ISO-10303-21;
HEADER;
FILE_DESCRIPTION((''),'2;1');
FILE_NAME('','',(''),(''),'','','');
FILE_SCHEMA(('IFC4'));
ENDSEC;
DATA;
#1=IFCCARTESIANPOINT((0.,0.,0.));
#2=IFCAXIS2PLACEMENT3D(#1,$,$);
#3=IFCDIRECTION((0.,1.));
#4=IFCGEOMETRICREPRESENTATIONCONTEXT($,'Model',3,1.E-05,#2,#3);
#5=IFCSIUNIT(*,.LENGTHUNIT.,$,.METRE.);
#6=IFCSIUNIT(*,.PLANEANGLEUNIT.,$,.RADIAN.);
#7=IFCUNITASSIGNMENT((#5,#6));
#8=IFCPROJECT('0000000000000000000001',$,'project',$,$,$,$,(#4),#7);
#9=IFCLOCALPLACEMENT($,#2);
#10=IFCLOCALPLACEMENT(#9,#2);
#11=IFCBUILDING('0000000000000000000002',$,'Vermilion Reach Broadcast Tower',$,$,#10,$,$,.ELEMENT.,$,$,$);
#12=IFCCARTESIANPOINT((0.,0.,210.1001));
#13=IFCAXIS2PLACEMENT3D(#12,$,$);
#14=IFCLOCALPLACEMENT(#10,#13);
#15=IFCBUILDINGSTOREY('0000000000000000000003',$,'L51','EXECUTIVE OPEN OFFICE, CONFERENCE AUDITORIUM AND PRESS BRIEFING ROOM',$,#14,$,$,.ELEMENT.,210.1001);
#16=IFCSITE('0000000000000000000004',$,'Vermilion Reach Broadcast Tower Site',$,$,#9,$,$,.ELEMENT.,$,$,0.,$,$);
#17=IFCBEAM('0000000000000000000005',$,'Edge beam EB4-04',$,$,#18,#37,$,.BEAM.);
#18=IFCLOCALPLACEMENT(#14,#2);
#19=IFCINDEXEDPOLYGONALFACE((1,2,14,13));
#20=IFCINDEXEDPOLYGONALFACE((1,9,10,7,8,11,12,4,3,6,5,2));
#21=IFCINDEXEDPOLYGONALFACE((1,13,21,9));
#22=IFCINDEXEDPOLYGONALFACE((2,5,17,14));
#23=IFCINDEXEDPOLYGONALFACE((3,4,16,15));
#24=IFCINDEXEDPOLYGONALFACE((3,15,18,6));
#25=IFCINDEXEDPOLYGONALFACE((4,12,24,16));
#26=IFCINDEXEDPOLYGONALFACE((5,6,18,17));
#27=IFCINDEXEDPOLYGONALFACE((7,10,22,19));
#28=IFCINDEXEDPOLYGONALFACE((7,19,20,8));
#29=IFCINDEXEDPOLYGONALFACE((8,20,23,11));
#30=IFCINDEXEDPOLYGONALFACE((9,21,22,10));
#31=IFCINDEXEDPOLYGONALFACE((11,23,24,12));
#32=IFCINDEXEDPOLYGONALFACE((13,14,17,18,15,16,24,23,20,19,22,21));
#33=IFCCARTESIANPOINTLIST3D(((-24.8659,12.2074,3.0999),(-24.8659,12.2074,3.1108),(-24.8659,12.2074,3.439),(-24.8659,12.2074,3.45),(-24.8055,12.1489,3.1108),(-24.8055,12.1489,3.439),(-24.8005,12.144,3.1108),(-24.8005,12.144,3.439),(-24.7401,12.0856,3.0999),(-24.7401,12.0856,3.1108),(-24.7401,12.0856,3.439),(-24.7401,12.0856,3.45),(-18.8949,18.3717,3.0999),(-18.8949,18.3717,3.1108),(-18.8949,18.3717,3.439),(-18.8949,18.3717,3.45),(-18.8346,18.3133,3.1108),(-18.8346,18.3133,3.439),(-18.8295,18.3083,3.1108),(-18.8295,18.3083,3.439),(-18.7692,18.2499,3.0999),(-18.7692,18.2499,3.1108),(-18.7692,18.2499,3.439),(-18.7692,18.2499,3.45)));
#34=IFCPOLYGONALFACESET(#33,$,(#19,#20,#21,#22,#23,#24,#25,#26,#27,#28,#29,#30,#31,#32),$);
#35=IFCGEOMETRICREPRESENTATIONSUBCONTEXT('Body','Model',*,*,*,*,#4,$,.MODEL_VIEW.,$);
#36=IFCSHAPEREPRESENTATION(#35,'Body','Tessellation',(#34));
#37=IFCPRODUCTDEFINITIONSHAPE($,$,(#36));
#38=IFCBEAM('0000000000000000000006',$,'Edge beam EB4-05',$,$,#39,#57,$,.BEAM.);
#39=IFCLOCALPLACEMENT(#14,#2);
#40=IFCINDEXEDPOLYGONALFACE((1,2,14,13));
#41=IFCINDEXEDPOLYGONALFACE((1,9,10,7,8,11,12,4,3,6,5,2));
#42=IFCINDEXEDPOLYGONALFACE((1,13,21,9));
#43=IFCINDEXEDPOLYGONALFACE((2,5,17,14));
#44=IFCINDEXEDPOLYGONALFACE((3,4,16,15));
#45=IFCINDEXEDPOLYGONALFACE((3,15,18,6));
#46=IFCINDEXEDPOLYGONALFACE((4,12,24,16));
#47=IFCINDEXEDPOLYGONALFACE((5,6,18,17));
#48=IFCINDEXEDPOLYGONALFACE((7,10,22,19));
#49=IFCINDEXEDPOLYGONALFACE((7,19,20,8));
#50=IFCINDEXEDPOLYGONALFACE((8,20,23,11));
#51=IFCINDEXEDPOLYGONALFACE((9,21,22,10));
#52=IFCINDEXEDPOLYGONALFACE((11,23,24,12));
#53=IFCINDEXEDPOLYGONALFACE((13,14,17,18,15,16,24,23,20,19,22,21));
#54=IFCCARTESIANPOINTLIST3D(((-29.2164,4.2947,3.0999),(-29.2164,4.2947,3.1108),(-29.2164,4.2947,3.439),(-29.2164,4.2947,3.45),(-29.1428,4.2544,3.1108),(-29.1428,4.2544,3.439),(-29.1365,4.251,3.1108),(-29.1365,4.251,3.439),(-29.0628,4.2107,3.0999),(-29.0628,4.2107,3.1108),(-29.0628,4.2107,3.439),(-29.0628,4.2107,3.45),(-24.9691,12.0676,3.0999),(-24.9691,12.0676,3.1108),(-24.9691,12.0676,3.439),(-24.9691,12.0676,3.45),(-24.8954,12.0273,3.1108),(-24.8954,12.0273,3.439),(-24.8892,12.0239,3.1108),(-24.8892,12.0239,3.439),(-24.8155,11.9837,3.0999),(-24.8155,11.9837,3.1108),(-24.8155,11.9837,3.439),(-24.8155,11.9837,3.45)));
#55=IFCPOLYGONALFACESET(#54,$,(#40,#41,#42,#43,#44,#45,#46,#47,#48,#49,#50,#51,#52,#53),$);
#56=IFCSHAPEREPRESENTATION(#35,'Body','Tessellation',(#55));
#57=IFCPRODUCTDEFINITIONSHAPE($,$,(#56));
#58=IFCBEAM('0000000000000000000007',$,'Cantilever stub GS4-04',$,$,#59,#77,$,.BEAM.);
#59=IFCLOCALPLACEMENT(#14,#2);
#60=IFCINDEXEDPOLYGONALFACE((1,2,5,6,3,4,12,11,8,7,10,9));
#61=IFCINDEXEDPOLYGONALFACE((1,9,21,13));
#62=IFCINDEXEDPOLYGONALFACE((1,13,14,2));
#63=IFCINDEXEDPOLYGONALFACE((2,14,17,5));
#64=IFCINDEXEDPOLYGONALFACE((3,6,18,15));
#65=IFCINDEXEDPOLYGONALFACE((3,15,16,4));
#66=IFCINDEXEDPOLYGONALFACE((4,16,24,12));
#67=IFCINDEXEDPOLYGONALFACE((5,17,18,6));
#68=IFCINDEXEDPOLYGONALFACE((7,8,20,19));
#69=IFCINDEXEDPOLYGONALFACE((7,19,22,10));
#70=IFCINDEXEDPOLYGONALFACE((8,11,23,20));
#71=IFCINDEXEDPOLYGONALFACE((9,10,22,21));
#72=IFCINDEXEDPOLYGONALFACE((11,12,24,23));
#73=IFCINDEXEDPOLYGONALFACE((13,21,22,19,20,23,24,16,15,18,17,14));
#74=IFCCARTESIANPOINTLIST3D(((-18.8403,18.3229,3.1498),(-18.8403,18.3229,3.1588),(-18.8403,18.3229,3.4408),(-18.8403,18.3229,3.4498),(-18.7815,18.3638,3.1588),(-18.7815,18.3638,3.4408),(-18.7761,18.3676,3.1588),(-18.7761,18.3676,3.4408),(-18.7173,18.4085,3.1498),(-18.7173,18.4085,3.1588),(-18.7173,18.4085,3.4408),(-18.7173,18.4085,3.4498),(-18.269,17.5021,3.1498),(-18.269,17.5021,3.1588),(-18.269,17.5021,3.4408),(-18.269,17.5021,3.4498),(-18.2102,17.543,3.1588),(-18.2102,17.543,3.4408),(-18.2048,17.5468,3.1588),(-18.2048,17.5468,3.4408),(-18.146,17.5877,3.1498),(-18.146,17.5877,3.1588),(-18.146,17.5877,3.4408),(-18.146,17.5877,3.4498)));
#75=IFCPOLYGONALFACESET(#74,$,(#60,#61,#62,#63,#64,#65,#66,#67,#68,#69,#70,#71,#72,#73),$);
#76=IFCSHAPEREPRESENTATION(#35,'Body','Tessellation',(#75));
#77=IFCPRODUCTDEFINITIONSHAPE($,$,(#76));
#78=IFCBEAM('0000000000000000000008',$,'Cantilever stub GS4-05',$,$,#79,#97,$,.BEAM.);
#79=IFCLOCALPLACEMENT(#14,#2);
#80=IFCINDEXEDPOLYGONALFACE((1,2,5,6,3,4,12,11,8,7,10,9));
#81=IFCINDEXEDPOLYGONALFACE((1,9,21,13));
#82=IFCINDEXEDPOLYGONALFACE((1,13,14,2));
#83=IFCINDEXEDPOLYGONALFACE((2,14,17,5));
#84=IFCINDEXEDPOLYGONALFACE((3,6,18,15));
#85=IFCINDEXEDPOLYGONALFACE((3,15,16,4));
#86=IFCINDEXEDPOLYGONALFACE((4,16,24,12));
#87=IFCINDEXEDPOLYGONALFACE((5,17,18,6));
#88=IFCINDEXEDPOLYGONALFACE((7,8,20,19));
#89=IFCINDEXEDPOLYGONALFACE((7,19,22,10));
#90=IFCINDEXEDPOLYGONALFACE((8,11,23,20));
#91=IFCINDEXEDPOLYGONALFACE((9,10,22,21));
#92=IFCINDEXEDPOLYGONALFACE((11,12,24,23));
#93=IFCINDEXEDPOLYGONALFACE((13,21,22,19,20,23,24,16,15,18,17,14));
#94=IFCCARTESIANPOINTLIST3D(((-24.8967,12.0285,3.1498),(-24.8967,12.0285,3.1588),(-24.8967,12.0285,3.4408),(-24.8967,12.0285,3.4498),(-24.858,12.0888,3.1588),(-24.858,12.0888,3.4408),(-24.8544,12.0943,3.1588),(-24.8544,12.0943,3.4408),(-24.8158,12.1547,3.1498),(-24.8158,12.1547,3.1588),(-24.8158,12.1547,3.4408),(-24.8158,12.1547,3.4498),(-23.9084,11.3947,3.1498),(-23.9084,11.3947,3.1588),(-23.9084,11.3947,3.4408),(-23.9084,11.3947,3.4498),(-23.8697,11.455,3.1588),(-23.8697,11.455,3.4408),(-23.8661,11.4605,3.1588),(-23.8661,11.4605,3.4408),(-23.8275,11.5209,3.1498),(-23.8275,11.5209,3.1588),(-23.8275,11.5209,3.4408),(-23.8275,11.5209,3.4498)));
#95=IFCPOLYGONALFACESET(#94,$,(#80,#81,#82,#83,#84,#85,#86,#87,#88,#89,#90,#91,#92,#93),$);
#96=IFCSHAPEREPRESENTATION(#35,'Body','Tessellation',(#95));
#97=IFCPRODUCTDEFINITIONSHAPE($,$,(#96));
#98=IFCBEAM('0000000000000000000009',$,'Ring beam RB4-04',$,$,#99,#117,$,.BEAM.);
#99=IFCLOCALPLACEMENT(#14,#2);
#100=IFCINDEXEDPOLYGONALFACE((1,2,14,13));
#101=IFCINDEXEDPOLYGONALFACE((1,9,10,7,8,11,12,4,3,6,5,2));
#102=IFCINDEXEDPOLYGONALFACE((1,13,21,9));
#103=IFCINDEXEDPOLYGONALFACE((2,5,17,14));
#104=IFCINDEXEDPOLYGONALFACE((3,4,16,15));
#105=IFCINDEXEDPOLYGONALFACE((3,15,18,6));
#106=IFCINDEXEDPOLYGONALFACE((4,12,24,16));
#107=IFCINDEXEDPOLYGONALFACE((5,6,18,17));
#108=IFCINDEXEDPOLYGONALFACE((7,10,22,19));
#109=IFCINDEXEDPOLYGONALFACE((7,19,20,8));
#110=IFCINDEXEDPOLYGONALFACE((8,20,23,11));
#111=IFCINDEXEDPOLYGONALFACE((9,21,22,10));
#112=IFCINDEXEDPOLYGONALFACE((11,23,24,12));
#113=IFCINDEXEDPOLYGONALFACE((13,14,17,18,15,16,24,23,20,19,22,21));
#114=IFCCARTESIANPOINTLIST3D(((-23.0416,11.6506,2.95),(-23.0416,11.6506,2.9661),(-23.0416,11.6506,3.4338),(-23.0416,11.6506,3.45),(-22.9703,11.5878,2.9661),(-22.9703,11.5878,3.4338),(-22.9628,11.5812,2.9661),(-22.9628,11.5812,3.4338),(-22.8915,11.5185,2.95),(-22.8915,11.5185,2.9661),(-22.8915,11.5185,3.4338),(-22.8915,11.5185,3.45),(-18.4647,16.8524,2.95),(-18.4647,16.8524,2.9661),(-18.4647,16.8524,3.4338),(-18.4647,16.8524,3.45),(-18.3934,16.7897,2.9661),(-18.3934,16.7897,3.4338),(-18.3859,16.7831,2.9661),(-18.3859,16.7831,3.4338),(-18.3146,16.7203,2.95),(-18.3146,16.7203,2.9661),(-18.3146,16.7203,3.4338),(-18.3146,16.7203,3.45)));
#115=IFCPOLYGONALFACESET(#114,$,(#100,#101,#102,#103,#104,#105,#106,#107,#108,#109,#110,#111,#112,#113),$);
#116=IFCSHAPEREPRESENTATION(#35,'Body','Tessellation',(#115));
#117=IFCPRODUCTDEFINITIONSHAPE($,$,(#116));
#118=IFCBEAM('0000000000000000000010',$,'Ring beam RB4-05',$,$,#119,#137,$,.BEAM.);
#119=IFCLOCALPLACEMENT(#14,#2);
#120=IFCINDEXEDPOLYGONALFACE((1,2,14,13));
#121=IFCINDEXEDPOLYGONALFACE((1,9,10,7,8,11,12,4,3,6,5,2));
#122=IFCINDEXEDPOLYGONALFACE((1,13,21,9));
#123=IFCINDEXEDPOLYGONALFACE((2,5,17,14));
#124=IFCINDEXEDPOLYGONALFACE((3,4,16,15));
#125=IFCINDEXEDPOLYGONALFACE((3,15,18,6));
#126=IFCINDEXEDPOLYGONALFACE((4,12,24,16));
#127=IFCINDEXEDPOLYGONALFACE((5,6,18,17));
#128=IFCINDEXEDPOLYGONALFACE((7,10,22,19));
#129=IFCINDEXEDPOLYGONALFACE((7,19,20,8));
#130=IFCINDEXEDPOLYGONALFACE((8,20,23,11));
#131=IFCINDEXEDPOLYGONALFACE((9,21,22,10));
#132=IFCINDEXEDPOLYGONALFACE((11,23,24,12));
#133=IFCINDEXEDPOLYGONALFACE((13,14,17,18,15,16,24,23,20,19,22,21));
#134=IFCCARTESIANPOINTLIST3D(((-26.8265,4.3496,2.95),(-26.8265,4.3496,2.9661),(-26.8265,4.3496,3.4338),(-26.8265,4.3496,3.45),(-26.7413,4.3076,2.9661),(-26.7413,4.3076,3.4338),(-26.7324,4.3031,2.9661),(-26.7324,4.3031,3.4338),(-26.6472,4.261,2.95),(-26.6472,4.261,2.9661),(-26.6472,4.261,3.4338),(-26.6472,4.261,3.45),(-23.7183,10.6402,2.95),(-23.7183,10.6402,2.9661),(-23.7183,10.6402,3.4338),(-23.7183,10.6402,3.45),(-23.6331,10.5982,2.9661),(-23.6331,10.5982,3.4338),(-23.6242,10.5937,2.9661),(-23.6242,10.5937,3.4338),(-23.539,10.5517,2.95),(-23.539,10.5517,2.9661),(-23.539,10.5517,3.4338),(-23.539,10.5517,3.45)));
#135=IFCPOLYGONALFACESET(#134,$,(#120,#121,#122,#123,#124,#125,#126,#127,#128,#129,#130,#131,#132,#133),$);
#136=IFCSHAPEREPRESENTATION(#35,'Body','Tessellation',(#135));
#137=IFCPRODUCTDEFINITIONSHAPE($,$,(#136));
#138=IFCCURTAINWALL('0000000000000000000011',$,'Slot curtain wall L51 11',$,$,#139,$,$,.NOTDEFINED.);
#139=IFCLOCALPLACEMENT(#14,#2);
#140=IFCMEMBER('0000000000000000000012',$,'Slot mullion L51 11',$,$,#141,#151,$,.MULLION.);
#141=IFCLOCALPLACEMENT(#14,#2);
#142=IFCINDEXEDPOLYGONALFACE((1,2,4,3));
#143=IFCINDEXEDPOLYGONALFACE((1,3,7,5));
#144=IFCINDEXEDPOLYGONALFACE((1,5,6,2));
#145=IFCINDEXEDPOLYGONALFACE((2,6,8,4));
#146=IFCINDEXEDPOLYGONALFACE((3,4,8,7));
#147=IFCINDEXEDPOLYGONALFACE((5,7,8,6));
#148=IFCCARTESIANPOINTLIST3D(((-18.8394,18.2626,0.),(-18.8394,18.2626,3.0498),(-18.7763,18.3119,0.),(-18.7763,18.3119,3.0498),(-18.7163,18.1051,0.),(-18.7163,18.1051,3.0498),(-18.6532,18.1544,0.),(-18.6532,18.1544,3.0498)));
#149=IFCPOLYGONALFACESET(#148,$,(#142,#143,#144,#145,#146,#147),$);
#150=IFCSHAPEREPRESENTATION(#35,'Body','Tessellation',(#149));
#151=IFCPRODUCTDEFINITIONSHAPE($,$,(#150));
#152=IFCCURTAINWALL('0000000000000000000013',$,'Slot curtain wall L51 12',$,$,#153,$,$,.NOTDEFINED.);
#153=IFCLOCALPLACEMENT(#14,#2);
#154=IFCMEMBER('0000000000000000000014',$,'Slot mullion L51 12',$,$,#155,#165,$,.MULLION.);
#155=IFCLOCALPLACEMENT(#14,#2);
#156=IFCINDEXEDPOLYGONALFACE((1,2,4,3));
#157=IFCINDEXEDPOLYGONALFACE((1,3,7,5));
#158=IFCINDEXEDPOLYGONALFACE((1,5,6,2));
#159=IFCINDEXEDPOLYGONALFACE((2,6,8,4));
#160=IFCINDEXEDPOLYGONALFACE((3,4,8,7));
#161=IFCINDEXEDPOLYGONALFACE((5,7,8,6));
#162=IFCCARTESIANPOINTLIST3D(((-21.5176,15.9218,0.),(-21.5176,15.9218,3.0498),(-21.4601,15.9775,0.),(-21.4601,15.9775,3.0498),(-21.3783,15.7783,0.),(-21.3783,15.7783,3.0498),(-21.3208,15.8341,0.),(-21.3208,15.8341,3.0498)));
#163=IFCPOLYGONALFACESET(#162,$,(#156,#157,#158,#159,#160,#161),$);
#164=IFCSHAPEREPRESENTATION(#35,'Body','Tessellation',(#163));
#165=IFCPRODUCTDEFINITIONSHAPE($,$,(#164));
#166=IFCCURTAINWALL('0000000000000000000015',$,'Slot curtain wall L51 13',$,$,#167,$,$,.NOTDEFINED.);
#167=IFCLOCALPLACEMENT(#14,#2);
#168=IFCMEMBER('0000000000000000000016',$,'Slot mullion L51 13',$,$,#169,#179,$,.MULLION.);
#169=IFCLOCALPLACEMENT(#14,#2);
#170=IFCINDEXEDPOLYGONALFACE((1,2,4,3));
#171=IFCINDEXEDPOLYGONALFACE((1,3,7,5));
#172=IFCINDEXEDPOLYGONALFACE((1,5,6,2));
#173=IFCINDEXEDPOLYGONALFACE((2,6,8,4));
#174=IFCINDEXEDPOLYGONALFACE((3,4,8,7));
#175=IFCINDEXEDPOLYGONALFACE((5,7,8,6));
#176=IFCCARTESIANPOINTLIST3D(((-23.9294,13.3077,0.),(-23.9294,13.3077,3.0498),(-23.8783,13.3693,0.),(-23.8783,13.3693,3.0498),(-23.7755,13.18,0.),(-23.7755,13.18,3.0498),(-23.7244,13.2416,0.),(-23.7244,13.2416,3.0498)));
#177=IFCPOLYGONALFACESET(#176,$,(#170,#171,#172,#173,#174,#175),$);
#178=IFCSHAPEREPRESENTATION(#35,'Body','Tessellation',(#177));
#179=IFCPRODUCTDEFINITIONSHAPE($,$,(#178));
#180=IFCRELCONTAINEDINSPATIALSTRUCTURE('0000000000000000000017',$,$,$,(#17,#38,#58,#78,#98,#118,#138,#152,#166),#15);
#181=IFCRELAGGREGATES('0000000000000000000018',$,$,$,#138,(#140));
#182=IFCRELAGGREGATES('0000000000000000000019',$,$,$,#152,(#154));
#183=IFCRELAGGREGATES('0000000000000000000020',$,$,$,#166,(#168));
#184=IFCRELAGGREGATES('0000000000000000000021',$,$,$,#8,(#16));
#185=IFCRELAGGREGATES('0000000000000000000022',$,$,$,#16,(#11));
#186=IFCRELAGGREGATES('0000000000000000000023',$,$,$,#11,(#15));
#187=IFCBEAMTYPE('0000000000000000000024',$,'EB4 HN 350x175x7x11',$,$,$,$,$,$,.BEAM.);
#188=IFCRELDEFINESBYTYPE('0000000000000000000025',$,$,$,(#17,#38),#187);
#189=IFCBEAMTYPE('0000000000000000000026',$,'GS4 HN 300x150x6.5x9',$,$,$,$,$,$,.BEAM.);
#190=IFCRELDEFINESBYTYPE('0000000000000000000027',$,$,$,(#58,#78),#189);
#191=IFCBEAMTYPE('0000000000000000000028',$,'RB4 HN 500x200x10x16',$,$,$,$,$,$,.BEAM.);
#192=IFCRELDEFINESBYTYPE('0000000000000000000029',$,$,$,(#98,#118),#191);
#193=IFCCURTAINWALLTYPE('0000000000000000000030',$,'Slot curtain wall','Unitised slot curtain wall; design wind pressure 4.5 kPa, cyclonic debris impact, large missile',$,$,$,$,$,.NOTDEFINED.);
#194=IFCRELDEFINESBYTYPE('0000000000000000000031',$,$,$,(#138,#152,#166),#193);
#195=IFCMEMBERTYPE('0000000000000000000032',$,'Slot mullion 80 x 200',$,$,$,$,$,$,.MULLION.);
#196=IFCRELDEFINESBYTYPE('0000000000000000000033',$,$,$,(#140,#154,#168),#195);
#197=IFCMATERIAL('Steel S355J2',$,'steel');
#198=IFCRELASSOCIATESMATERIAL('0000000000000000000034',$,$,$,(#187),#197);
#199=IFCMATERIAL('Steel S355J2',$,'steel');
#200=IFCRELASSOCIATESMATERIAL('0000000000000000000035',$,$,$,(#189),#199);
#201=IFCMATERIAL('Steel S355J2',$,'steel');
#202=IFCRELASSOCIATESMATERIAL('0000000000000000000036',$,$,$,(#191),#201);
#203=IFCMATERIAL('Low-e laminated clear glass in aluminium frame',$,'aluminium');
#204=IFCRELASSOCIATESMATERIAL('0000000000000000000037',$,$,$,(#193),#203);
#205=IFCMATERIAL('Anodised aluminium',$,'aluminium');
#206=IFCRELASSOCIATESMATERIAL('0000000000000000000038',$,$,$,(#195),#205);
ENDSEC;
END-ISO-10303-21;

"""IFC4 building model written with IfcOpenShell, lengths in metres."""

from ifc_helpers import new_model, si_unit, direction, frame, origin, origin_2d, place, context, subcontext, project, spatial, rectangle, i_section, extrude, material, material_profile, profile_set, type_object, element, aggregate, save


model = new_model("IFC4")

# Units and contexts
model_context = context("Model", 3, precision=1e-05, world=origin(), true_north=direction((0.0, 1.0)))
body_context = subcontext(model_context, "Body", "Model", "MODEL_VIEW")
ifc_project = project(units=[si_unit("LENGTHUNIT", "METRE"), si_unit("PLANEANGLEUNIT", "RADIAN")], contexts=[model_context])

# Site, building, storey
site_placement = place(None, origin())
site = spatial("IfcSite", under=ifc_project, at=site_placement, Name="Vermilion Reach Broadcast Tower Site", CompositionType="ELEMENT", RefElevation=0.0)
building_placement = place(site_placement, origin())
building = spatial("IfcBuilding", under=site, at=building_placement, Name="Vermilion Reach Broadcast Tower", CompositionType="ELEMENT")
storey_placement = place(building_placement, frame((0.0, 0.0, 210.1001)))
storey = spatial("IfcBuildingStorey", under=building, at=storey_placement, Name="L51", Description="EXECUTIVE OPEN OFFICE, CONFERENCE AUDITORIUM AND PRESS BRIEFING ROOM", CompositionType="ELEMENT", Elevation=210.1001)

# Beams
ifc_material_1 = material(Name="Steel S355J2", Category="steel")
ifc_material_profile_1 = material_profile(ifc_material_1, i_section(OverallWidth=0.175, OverallDepth=0.3501, WebThickness=0.0071, FlangeThickness=0.011, at=origin_2d()), Name="S355J2 HN 350x175x7x11")
ifc_profile_set_1 = profile_set([ifc_material_profile_1], Name="Steel S355J2")
beam_type_1 = type_object("IfcBeamType", Name="EB4 HN 350x175x7x11", PredefinedType="BEAM", material=ifc_profile_set_1)
beam_1_placement = place(storey_placement, frame((-18.832, 18.3108, 3.2749), z_axis=(-0.695752, -0.718282, 0.0), x_axis=(0.718282, -0.695752, 0.0)))
element("IfcBeam", 1, at=beam_1_placement, inside=storey, type_object=beam_type_1, Name="Edge beam EB4-04", PredefinedType="BEAM", context=body_context, shape_type="SweptSolid", body=[
    extrude(i_section(OverallWidth=0.175, OverallDepth=0.3501, WebThickness=0.0071, FlangeThickness=0.011, at=origin_2d()), origin(), (0.0, 0.0, 1.0), 8.582),
])
beam_2_placement = place(storey_placement, frame((-24.8923, 12.0256, 3.2749), z_axis=(-0.479507, -0.877538, 0.0), x_axis=(0.877538, -0.479507, 0.0)))
element("IfcBeam", 2, at=beam_2_placement, inside=storey, type_object=beam_type_1, Name="Edge beam EB4-05", PredefinedType="BEAM", context=body_context, shape_type="SweptSolid", body=[
    extrude(i_section(OverallWidth=0.175, OverallDepth=0.3501, WebThickness=0.0071, FlangeThickness=0.011, at=origin_2d()), origin(), (0.0, 0.0, 1.0), 8.8577),
])
ifc_material_2 = material(Name="Steel S355J2", Category="steel")
ifc_material_profile_2 = material_profile(ifc_material_2, i_section(OverallWidth=0.1499, OverallDepth=0.3, WebThickness=0.0066, FlangeThickness=0.009, at=origin_2d()), Name="S355J2 HN 300x150x6.5x9")
ifc_profile_set_2 = profile_set([ifc_material_profile_2], Name="Steel S355J2")
beam_type_2 = type_object("IfcBeamType", Name="GS4 HN 300x150x6.5x9", PredefinedType="BEAM", material=ifc_profile_set_2)
beam_3_placement = place(storey_placement, frame((-18.2075, 17.5449, 3.2998), z_axis=(-0.571265, 0.820766, 0.0), x_axis=(-0.820766, -0.571265, 0.0)))
element("IfcBeam", 3, at=beam_3_placement, inside=storey, type_object=beam_type_2, Name="Cantilever stub GS4-04", PredefinedType="BEAM", context=body_context, shape_type="SweptSolid", body=[
    extrude(i_section(OverallWidth=0.1499, OverallDepth=0.3, WebThickness=0.0066, FlangeThickness=0.009, at=origin_2d()), origin(), (0.0, 0.0, 1.0), 1.0),
])
beam_4_placement = place(storey_placement, frame((-23.8679, 11.4578, 3.2998), z_axis=(-0.841773, 0.539832, 0.0), x_axis=(-0.539832, -0.841773, 0.0)))
element("IfcBeam", 4, at=beam_4_placement, inside=storey, type_object=beam_type_2, Name="Cantilever stub GS4-05", PredefinedType="BEAM", context=body_context, shape_type="SweptSolid", body=[
    extrude(i_section(OverallWidth=0.1499, OverallDepth=0.3, WebThickness=0.0066, FlangeThickness=0.009, at=origin_2d()), origin(), (0.0, 0.0, 1.0), 1.1741),
])
ifc_material_3 = material(Name="Steel S355J2", Category="steel")
ifc_material_profile_3 = material_profile(ifc_material_3, i_section(OverallWidth=0.2, OverallDepth=0.5, WebThickness=0.01, FlangeThickness=0.0161, at=origin_2d()), Name="S355J2 HN 500x200x10x16")
ifc_profile_set_3 = profile_set([ifc_material_profile_3], Name="Steel S355J2")
beam_type_3 = type_object("IfcBeamType", Name="RB4 HN 500x200x10x16", PredefinedType="BEAM", material=ifc_profile_set_3)
beam_5_placement = place(storey_placement, frame((-18.3896, 16.7864, 3.2), z_axis=(-0.660565, -0.750769, 0.0), x_axis=(0.750769, -0.660565, 0.0)))
element("IfcBeam", 5, at=beam_5_placement, inside=storey, type_object=beam_type_3, Name="Ring beam RB4-04", PredefinedType="BEAM", context=body_context, shape_type="SweptSolid", body=[
    extrude(i_section(OverallWidth=0.2, OverallDepth=0.5, WebThickness=0.01, FlangeThickness=0.0161, at=origin_2d()), origin(), (0.0, 0.0, 1.0), 6.9287),
])
beam_6_placement = place(storey_placement, frame((-23.6287, 10.5959, 3.2), z_axis=(-0.442977, -0.896533, 0.0), x_axis=(0.896533, -0.442977, 0.0)))
element("IfcBeam", 6, at=beam_6_placement, inside=storey, type_object=beam_type_3, Name="Ring beam RB4-05", PredefinedType="BEAM", context=body_context, shape_type="SweptSolid", body=[
    extrude(i_section(OverallWidth=0.2, OverallDepth=0.5, WebThickness=0.01, FlangeThickness=0.0161, at=origin_2d()), origin(), (0.0, 0.0, 1.0), 7.0166),
])

# Curtain walls, members
ifc_material_4 = material(Name="Low-e laminated clear glass in aluminium frame", Category="aluminium")
curtain_wall_type = type_object("IfcCurtainWallType", Name="Slot curtain wall", Description="Unitised slot curtain wall; design wind pressure 4.5 kPa, cyclonic debris impact, large missile", PredefinedType="NOTDEFINED", material=ifc_material_4)
placement = place(storey_placement, origin())
curtain_wall_1 = element("IfcCurtainWall", 7, at=placement, inside=storey, type_object=curtain_wall_type, Name="Slot curtain wall L51 11", PredefinedType="NOTDEFINED")
ifc_material_5 = material(Name="Anodised aluminium", Category="aluminium")
ifc_material_profile_4 = material_profile(ifc_material_5, rectangle(XDim=0.2, YDim=0.0801, at=origin_2d()), Name="Slot mullion 80 x 200")
ifc_profile_set_4 = profile_set([ifc_material_profile_4], Name="Anodised aluminium")
member_type_1 = type_object("IfcMemberType", Name="Slot mullion 80 x 200", PredefinedType="MULLION", material=ifc_profile_set_4)
member_1_placement = place(storey_placement, frame((-18.7463, 18.2085, 0.0), z_axis=(0.0, 0.0, 1.0), x_axis=(0.61558, -0.788074, 0.0)))
member_1 = element("IfcMember", 8, at=member_1_placement, type_object=member_type_1, Name="Slot mullion L51 11", PredefinedType="MULLION", context=body_context, shape_type="SweptSolid", body=[
    extrude(rectangle(XDim=0.2, YDim=0.0801, at=origin_2d()), origin(), (0.0, 0.0, 1.0), 3.0498),
])
curtain_wall_2 = element("IfcCurtainWall", 9, at=placement, inside=storey, type_object=curtain_wall_type, Name="Slot curtain wall L51 12", PredefinedType="NOTDEFINED")
member_2_placement = place(storey_placement, frame((-21.4192, 15.8779, 0.0), z_axis=(0.0, 0.0, 1.0), x_axis=(0.696664, -0.717397, 0.0)))
member_2 = element("IfcMember", 10, at=member_2_placement, type_object=member_type_1, Name="Slot mullion L51 12", PredefinedType="MULLION", context=body_context, shape_type="SweptSolid", body=[
    extrude(rectangle(XDim=0.2, YDim=0.0801, at=origin_2d()), origin(), (0.0, 0.0, 1.0), 3.0498),
])
curtain_wall_3 = element("IfcCurtainWall", 11, at=placement, inside=storey, type_object=curtain_wall_type, Name="Slot curtain wall L51 13", PredefinedType="NOTDEFINED")
member_3_placement = place(storey_placement, frame((-23.8269, 13.2747, 0.0), z_axis=(0.0, 0.0, 1.0), x_axis=(0.769689, -0.63842, 0.0)))
member_3 = element("IfcMember", 12, at=member_3_placement, type_object=member_type_1, Name="Slot mullion L51 13", PredefinedType="MULLION", context=body_context, shape_type="SweptSolid", body=[
    extrude(rectangle(XDim=0.2, YDim=0.0801, at=origin_2d()), origin(), (0.0, 0.0, 1.0), 3.0498),
])

aggregate(curtain_wall_1, [member_1])
aggregate(curtain_wall_2, [member_2])
aggregate(curtain_wall_3, [member_3])

save(model, "model.ifc")
